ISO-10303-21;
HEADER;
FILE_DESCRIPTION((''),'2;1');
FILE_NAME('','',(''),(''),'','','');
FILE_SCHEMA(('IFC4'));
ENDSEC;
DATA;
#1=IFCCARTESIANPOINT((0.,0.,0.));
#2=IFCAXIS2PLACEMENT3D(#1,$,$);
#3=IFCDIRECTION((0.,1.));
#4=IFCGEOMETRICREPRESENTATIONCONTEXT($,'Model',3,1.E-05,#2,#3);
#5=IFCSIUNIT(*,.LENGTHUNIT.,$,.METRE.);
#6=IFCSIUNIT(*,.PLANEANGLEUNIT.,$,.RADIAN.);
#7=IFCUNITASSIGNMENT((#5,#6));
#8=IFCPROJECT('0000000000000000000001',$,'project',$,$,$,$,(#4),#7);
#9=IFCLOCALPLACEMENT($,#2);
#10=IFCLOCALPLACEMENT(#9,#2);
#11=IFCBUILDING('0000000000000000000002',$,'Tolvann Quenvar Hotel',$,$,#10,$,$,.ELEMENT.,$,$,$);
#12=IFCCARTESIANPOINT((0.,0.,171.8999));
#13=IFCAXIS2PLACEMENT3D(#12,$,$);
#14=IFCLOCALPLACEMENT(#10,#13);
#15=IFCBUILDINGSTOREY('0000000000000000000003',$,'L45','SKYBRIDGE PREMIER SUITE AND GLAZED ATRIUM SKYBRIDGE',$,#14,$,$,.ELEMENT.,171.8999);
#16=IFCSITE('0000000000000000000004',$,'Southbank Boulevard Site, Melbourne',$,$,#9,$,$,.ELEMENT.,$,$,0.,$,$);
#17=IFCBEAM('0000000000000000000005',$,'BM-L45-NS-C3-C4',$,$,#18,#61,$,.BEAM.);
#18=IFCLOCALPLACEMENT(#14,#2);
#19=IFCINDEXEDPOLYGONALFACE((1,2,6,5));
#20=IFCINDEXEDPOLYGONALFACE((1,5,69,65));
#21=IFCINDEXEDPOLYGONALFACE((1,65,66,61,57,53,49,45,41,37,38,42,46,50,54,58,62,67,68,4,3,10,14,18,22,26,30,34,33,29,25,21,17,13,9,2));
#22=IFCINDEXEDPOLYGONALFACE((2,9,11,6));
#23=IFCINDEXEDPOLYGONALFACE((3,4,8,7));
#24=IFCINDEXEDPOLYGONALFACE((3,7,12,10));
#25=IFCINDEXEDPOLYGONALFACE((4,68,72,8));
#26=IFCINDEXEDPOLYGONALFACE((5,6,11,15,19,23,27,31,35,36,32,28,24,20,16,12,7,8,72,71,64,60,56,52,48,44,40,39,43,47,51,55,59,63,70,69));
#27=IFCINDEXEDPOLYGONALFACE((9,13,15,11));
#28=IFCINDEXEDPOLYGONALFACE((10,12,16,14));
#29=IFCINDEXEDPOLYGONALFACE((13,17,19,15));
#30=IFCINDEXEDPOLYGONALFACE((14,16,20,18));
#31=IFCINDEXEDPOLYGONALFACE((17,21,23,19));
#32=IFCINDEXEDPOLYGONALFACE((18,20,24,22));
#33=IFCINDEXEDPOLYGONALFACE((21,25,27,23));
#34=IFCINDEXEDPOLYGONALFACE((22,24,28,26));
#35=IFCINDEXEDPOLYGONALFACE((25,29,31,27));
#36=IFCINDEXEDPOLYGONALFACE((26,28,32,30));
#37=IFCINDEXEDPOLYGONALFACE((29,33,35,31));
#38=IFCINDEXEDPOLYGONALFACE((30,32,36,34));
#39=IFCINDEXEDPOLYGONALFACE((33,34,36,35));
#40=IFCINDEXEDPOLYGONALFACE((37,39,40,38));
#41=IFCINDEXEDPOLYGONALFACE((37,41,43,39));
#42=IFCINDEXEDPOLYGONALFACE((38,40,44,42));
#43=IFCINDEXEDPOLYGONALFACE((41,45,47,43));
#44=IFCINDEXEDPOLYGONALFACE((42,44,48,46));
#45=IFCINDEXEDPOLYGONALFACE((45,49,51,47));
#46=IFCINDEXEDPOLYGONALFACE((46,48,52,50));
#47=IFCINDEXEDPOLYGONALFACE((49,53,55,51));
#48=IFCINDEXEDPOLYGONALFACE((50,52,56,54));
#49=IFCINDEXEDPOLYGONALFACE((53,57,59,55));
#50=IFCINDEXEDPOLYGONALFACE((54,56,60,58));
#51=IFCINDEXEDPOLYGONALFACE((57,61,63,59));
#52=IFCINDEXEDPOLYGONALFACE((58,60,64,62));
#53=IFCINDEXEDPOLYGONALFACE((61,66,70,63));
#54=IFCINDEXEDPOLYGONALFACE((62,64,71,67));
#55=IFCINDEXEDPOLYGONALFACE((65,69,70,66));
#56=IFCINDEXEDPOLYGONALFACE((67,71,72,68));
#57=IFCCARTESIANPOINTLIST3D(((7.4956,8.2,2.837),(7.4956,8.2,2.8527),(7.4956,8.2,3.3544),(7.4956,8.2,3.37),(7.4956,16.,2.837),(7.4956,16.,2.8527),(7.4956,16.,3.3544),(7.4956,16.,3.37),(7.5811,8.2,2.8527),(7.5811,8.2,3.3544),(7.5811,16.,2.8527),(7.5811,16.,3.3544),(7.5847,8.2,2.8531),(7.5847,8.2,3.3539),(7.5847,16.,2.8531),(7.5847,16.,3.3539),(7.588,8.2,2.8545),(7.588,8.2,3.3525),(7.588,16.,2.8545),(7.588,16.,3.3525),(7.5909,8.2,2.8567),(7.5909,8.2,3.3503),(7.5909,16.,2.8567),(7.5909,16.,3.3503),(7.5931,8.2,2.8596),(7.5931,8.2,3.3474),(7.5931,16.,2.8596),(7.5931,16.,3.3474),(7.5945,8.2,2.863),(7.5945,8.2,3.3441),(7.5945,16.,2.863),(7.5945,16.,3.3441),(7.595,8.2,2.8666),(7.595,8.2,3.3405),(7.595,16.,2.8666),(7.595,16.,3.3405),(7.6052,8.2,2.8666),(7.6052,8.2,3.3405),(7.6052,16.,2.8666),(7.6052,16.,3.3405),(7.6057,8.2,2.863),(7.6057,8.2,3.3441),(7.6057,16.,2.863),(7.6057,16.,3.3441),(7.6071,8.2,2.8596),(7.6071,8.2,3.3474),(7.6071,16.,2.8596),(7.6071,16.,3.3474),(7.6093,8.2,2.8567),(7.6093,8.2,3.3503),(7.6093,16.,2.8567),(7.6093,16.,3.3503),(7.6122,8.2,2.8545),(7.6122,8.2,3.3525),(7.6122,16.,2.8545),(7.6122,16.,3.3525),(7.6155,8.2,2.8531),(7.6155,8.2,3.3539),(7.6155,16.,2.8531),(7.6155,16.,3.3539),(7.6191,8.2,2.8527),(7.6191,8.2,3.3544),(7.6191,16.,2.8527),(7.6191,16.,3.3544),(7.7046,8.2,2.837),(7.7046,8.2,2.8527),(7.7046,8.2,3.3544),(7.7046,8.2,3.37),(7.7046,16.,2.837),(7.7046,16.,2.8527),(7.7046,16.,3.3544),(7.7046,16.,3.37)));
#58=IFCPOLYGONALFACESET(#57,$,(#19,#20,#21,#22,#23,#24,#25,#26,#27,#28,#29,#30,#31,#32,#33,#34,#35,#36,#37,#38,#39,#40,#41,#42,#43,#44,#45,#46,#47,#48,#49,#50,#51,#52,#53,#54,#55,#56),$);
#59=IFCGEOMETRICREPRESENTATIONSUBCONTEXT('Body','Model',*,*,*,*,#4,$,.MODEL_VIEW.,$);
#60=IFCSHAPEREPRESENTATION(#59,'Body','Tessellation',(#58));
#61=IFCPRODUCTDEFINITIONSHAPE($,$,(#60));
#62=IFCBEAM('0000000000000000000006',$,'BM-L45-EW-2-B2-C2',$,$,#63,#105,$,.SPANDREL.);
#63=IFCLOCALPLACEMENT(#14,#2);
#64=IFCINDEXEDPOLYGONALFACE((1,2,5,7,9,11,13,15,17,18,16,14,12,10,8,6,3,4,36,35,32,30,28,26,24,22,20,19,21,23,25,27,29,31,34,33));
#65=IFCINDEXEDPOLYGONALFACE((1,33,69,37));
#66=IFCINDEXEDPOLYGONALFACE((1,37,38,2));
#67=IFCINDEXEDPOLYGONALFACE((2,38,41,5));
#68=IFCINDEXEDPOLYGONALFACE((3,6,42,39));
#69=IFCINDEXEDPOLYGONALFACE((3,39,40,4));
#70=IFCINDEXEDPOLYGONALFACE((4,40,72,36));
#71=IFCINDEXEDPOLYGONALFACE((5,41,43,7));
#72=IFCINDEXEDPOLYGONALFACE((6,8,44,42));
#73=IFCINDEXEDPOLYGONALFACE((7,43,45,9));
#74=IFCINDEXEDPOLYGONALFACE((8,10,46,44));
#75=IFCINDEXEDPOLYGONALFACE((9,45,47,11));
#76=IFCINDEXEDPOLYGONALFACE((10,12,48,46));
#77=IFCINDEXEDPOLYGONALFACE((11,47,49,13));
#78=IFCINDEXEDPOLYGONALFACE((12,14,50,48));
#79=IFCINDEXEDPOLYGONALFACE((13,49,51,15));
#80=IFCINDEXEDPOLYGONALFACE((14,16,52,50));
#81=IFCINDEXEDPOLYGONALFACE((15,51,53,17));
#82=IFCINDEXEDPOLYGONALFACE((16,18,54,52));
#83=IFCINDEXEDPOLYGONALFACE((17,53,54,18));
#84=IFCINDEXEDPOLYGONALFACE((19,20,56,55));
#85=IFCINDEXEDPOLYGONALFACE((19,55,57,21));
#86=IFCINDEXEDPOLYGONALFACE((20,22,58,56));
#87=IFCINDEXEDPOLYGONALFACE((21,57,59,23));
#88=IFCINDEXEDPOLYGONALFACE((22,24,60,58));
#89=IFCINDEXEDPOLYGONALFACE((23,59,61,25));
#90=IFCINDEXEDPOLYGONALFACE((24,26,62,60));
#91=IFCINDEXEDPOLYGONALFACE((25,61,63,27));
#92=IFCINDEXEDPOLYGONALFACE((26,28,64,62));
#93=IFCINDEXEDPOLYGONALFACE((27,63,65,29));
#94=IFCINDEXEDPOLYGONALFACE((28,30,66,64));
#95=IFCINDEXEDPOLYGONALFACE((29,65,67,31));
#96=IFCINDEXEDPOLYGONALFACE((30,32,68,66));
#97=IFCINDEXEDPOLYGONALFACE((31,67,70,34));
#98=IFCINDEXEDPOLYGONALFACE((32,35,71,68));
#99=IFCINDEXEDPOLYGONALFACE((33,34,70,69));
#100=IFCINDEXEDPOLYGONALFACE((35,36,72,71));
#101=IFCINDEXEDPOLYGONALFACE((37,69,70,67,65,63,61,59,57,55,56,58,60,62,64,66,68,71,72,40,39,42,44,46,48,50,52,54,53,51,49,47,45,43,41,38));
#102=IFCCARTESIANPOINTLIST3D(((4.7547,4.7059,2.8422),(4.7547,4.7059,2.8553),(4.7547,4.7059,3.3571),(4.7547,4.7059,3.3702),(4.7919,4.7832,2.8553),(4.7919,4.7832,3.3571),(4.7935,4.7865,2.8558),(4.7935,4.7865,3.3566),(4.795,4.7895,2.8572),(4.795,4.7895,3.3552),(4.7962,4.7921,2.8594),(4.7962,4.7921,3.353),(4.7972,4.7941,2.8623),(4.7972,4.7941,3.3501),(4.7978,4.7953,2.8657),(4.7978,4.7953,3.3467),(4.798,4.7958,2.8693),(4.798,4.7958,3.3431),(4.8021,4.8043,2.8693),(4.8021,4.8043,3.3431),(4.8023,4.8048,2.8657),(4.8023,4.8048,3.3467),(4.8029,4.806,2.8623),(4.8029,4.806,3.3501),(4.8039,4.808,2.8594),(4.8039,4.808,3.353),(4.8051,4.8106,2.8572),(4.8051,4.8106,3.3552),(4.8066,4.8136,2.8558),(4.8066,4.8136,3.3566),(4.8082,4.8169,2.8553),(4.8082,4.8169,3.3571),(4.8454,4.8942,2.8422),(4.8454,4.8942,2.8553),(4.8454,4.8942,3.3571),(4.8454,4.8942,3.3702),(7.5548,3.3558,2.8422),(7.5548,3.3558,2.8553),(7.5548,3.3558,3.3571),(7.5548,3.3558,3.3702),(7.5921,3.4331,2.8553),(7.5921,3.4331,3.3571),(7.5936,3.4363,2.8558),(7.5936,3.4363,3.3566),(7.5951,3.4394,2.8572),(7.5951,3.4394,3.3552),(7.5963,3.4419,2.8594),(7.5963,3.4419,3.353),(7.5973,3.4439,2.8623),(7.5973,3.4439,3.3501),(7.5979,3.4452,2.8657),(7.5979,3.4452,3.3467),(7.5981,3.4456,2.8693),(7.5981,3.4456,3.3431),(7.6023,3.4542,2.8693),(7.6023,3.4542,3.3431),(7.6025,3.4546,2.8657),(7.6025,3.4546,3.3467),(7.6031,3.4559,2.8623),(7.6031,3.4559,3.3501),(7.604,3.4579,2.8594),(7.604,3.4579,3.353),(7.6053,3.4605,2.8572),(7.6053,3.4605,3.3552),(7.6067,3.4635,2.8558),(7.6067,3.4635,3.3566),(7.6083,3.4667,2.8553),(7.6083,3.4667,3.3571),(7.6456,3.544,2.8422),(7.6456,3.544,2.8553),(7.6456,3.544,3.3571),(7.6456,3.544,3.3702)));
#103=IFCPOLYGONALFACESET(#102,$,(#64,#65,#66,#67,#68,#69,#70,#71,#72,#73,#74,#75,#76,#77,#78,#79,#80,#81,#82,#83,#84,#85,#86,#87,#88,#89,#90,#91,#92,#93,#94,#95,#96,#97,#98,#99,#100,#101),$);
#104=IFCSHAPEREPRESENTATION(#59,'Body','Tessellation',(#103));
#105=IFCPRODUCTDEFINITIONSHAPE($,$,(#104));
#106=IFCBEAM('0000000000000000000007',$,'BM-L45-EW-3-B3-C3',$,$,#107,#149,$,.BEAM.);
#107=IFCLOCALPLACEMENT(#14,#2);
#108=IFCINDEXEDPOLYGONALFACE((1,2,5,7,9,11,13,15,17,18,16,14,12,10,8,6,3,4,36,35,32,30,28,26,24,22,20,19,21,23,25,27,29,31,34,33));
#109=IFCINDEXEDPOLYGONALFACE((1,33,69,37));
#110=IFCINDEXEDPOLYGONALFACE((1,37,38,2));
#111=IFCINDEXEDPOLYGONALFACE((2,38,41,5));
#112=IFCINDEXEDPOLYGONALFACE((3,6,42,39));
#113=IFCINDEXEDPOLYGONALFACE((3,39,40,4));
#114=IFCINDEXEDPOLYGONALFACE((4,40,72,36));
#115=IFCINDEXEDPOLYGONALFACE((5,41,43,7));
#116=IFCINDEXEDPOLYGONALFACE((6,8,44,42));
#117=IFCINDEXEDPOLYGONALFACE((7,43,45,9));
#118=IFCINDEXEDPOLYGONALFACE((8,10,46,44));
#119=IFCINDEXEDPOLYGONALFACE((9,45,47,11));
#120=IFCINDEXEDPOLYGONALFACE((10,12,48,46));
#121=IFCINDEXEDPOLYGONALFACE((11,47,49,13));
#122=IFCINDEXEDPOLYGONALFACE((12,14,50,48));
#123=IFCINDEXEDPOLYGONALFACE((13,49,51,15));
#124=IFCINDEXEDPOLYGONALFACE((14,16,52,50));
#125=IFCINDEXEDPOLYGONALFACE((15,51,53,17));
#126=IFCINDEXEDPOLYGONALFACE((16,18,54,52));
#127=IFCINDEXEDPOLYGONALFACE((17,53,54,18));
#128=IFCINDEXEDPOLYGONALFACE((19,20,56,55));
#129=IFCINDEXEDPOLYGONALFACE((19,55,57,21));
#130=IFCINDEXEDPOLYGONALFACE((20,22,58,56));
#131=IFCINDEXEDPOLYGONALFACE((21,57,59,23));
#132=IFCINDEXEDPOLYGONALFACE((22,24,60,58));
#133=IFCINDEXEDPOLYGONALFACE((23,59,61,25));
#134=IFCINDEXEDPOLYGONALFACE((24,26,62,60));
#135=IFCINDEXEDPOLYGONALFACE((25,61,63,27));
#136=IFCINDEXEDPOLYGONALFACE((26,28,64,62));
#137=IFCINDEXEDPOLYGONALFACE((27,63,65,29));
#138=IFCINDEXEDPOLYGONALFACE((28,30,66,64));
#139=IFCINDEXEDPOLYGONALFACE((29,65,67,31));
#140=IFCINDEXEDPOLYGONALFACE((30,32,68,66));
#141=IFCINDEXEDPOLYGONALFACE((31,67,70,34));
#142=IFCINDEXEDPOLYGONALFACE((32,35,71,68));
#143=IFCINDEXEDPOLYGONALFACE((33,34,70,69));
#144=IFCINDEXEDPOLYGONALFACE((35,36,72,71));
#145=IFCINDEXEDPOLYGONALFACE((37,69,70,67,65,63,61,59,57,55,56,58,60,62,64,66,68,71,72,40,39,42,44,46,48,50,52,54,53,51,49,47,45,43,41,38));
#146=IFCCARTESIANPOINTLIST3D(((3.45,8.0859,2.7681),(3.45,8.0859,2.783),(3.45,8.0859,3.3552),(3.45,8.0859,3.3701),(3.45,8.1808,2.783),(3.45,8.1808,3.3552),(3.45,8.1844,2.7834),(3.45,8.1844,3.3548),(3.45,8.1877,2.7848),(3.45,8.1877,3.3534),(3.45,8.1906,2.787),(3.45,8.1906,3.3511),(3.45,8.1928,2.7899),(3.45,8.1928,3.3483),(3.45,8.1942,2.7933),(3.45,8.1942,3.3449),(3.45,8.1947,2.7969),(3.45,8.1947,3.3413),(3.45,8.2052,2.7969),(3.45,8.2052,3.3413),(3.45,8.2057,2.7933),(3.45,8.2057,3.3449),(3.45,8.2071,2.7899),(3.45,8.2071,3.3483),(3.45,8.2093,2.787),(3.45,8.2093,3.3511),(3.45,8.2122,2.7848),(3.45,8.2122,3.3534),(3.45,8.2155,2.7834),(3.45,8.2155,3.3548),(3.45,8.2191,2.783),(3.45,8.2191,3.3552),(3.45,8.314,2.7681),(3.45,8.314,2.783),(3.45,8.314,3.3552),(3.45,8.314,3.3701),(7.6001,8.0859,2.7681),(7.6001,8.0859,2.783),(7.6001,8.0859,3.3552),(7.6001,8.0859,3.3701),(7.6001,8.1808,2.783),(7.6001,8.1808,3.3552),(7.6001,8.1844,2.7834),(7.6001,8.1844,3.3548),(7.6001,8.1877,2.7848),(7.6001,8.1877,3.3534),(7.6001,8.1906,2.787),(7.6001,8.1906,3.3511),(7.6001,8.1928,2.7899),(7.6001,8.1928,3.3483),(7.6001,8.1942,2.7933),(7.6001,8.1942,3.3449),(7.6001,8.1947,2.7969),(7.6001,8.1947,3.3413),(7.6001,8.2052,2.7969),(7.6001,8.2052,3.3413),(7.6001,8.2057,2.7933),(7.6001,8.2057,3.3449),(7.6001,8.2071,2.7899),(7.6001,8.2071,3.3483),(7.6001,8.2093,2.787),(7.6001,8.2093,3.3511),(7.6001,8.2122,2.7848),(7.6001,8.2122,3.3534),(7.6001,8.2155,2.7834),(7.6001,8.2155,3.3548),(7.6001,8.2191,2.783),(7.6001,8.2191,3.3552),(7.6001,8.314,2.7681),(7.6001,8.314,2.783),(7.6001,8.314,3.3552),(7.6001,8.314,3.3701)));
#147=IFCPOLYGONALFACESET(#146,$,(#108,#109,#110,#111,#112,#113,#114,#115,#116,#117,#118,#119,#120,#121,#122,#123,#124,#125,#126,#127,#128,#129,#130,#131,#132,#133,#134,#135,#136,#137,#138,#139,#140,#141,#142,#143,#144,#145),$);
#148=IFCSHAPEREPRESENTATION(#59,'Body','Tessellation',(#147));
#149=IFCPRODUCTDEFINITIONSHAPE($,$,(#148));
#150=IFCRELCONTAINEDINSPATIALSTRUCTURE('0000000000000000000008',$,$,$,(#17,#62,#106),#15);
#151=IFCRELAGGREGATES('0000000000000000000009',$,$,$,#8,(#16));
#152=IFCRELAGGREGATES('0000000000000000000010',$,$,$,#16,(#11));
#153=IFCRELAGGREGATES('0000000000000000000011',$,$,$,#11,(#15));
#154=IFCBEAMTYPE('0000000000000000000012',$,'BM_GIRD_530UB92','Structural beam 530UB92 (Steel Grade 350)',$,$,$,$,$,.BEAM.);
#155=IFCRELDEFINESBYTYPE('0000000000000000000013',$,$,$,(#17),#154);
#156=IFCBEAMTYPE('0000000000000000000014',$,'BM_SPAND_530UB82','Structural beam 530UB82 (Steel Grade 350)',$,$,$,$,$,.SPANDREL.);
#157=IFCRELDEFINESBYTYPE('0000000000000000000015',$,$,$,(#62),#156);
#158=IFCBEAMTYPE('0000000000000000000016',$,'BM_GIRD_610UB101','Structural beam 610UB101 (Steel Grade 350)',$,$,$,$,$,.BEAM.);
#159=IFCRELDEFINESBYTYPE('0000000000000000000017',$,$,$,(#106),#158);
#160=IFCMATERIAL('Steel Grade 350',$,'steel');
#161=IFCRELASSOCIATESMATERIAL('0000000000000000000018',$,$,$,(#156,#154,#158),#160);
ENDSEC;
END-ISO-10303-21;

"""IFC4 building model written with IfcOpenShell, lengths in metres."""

from ifc_helpers import new_model, si_unit, direction, frame, origin, origin_2d, place, context, subcontext, project, spatial, i_section, extrude, source, transform, mapped, material, material_profile, profile_set, type_object, element, save


model = new_model("IFC4")

# Units and contexts
model_context = context("Model", 3, precision=1e-05, world=origin(), true_north=direction((0.0, 1.0)))
body_context = subcontext(model_context, "Body", "Model", "MODEL_VIEW")
ifc_project = project(units=[si_unit("LENGTHUNIT", "METRE"), si_unit("PLANEANGLEUNIT", "RADIAN")], contexts=[model_context])

# Site, building, storey
site_placement = place(None, origin())
site = spatial("IfcSite", under=ifc_project, at=site_placement, Name="Southbank Boulevard Site, Melbourne", CompositionType="ELEMENT", RefElevation=0.0)
building_placement = place(site_placement, origin())
building = spatial("IfcBuilding", under=site, at=building_placement, Name="Tolvann Quenvar Hotel", CompositionType="ELEMENT")
storey_placement = place(building_placement, frame((0.0, 0.0, 171.8999)))
storey = spatial("IfcBuildingStorey", under=building, at=storey_placement, Name="L45", Description="SKYBRIDGE PREMIER SUITE AND GLAZED ATRIUM SKYBRIDGE", CompositionType="ELEMENT", Elevation=171.8999)

# Shared definitions
ifc_material_1 = material(Name="Steel Grade 350", Category="steel")

# Beams
ifc_material_profile_1 = material_profile(ifc_material_1, i_section(OverallWidth=0.209, OverallDepth=0.5281, WebThickness=0.0095, FlangeThickness=0.0132, FilletRadius=0.0139, at=origin_2d()), Name="530UB82")
ifc_profile_set_1 = profile_set([ifc_material_profile_1], Name="Steel Grade 350")
beam_type_1 = type_object("IfcBeamType", Name="BM_SPAND_530UB82", Description="Structural beam 530UB82 (Steel Grade 350)", PredefinedType="SPANDREL", material=ifc_profile_set_1)
ifc_material_profile_2 = material_profile(ifc_material_1, i_section(OverallWidth=0.209, OverallDepth=0.533, WebThickness=0.0103, FlangeThickness=0.0156, FilletRadius=0.0139, at=origin_2d()), Name="530UB92")
ifc_profile_set_2 = profile_set([ifc_material_profile_2], Name="Steel Grade 350")
beam_type_2 = type_object("IfcBeamType", Name="BM_GIRD_530UB92", Description="Structural beam 530UB92 (Steel Grade 350)", PredefinedType="BEAM", material=ifc_profile_set_2)
shared_shape_1 = source(origin(), body_context, "Body", "SweptSolid", [
    extrude(i_section(OverallWidth=0.209, OverallDepth=0.533, WebThickness=0.0103, FlangeThickness=0.0156, FilletRadius=0.0139, at=origin_2d()), origin(), (0.0, 0.0, 1.0), 7.8),
])
beam_1_placement = place(storey_placement, frame((7.6001, 8.2, 3.1035), z_axis=(0.0, 1.0, 0.0), x_axis=(-1.0, 0.0, 0.0)))
element("IfcBeam", 1, at=beam_1_placement, inside=storey, type_object=beam_type_2, Name="BM-L45-NS-C3-C4", PredefinedType="BEAM", context=body_context, shape_type="MappedRepresentation", body=[
    mapped(shared_shape_1, transform((0.0, 0.0, 0.0), x_axis=(1.0, 0.0, 0.0), y_axis=(0.0, 1.0, 0.0), z_axis=(0.0, 0.0, 1.0), scale=1.0)),
])
shared_shape_2 = source(origin(), body_context, "Body", "SweptSolid", [
    extrude(i_section(OverallWidth=0.209, OverallDepth=0.5281, WebThickness=0.0095, FlangeThickness=0.0132, FilletRadius=0.0139, at=origin_2d()), origin(), (0.0, 0.0, 1.0), 3.1086),
])
beam_2_placement = place(storey_placement, frame((4.8, 4.8, 3.1062), z_axis=(0.900759, -0.434319, 0.0), x_axis=(0.434319, 0.900759, 0.0)))
element("IfcBeam", 2, at=beam_2_placement, inside=storey, type_object=beam_type_1, Name="BM-L45-EW-2-B2-C2", PredefinedType="SPANDREL", context=body_context, shape_type="MappedRepresentation", body=[
    mapped(shared_shape_2, transform((0.0, 0.0, 0.0), x_axis=(1.0, 0.0, 0.0), y_axis=(0.0, 1.0, 0.0), z_axis=(0.0, 0.0, 1.0), scale=1.0)),
])
ifc_material_profile_3 = material_profile(ifc_material_1, i_section(OverallWidth=0.228, OverallDepth=0.6021, WebThickness=0.0105, FlangeThickness=0.0149, FilletRadius=0.0139, at=origin_2d()), Name="610UB101")
ifc_profile_set_3 = profile_set([ifc_material_profile_3], Name="Steel Grade 350")
beam_type_3 = type_object("IfcBeamType", Name="BM_GIRD_610UB101", Description="Structural beam 610UB101 (Steel Grade 350)", PredefinedType="BEAM", material=ifc_profile_set_3)
shared_shape_3 = source(origin(), body_context, "Body", "SweptSolid", [
    extrude(i_section(OverallWidth=0.228, OverallDepth=0.6021, WebThickness=0.0105, FlangeThickness=0.0149, FilletRadius=0.0139, at=origin_2d()), origin(), (0.0, 0.0, 1.0), 4.1501),
])
beam_3_placement = place(storey_placement, frame((3.45, 8.2, 3.0691), z_axis=(1.0, 0.0, 0.0), x_axis=(0.0, 1.0, 0.0)))
element("IfcBeam", 3, at=beam_3_placement, inside=storey, type_object=beam_type_3, Name="BM-L45-EW-3-B3-C3", PredefinedType="BEAM", context=body_context, shape_type="MappedRepresentation", body=[
    mapped(shared_shape_3, transform((0.0, 0.0, 0.0), x_axis=(1.0, 0.0, 0.0), y_axis=(0.0, 1.0, 0.0), z_axis=(0.0, 0.0, 1.0), scale=1.0)),
])

save(model, "model.ifc")
